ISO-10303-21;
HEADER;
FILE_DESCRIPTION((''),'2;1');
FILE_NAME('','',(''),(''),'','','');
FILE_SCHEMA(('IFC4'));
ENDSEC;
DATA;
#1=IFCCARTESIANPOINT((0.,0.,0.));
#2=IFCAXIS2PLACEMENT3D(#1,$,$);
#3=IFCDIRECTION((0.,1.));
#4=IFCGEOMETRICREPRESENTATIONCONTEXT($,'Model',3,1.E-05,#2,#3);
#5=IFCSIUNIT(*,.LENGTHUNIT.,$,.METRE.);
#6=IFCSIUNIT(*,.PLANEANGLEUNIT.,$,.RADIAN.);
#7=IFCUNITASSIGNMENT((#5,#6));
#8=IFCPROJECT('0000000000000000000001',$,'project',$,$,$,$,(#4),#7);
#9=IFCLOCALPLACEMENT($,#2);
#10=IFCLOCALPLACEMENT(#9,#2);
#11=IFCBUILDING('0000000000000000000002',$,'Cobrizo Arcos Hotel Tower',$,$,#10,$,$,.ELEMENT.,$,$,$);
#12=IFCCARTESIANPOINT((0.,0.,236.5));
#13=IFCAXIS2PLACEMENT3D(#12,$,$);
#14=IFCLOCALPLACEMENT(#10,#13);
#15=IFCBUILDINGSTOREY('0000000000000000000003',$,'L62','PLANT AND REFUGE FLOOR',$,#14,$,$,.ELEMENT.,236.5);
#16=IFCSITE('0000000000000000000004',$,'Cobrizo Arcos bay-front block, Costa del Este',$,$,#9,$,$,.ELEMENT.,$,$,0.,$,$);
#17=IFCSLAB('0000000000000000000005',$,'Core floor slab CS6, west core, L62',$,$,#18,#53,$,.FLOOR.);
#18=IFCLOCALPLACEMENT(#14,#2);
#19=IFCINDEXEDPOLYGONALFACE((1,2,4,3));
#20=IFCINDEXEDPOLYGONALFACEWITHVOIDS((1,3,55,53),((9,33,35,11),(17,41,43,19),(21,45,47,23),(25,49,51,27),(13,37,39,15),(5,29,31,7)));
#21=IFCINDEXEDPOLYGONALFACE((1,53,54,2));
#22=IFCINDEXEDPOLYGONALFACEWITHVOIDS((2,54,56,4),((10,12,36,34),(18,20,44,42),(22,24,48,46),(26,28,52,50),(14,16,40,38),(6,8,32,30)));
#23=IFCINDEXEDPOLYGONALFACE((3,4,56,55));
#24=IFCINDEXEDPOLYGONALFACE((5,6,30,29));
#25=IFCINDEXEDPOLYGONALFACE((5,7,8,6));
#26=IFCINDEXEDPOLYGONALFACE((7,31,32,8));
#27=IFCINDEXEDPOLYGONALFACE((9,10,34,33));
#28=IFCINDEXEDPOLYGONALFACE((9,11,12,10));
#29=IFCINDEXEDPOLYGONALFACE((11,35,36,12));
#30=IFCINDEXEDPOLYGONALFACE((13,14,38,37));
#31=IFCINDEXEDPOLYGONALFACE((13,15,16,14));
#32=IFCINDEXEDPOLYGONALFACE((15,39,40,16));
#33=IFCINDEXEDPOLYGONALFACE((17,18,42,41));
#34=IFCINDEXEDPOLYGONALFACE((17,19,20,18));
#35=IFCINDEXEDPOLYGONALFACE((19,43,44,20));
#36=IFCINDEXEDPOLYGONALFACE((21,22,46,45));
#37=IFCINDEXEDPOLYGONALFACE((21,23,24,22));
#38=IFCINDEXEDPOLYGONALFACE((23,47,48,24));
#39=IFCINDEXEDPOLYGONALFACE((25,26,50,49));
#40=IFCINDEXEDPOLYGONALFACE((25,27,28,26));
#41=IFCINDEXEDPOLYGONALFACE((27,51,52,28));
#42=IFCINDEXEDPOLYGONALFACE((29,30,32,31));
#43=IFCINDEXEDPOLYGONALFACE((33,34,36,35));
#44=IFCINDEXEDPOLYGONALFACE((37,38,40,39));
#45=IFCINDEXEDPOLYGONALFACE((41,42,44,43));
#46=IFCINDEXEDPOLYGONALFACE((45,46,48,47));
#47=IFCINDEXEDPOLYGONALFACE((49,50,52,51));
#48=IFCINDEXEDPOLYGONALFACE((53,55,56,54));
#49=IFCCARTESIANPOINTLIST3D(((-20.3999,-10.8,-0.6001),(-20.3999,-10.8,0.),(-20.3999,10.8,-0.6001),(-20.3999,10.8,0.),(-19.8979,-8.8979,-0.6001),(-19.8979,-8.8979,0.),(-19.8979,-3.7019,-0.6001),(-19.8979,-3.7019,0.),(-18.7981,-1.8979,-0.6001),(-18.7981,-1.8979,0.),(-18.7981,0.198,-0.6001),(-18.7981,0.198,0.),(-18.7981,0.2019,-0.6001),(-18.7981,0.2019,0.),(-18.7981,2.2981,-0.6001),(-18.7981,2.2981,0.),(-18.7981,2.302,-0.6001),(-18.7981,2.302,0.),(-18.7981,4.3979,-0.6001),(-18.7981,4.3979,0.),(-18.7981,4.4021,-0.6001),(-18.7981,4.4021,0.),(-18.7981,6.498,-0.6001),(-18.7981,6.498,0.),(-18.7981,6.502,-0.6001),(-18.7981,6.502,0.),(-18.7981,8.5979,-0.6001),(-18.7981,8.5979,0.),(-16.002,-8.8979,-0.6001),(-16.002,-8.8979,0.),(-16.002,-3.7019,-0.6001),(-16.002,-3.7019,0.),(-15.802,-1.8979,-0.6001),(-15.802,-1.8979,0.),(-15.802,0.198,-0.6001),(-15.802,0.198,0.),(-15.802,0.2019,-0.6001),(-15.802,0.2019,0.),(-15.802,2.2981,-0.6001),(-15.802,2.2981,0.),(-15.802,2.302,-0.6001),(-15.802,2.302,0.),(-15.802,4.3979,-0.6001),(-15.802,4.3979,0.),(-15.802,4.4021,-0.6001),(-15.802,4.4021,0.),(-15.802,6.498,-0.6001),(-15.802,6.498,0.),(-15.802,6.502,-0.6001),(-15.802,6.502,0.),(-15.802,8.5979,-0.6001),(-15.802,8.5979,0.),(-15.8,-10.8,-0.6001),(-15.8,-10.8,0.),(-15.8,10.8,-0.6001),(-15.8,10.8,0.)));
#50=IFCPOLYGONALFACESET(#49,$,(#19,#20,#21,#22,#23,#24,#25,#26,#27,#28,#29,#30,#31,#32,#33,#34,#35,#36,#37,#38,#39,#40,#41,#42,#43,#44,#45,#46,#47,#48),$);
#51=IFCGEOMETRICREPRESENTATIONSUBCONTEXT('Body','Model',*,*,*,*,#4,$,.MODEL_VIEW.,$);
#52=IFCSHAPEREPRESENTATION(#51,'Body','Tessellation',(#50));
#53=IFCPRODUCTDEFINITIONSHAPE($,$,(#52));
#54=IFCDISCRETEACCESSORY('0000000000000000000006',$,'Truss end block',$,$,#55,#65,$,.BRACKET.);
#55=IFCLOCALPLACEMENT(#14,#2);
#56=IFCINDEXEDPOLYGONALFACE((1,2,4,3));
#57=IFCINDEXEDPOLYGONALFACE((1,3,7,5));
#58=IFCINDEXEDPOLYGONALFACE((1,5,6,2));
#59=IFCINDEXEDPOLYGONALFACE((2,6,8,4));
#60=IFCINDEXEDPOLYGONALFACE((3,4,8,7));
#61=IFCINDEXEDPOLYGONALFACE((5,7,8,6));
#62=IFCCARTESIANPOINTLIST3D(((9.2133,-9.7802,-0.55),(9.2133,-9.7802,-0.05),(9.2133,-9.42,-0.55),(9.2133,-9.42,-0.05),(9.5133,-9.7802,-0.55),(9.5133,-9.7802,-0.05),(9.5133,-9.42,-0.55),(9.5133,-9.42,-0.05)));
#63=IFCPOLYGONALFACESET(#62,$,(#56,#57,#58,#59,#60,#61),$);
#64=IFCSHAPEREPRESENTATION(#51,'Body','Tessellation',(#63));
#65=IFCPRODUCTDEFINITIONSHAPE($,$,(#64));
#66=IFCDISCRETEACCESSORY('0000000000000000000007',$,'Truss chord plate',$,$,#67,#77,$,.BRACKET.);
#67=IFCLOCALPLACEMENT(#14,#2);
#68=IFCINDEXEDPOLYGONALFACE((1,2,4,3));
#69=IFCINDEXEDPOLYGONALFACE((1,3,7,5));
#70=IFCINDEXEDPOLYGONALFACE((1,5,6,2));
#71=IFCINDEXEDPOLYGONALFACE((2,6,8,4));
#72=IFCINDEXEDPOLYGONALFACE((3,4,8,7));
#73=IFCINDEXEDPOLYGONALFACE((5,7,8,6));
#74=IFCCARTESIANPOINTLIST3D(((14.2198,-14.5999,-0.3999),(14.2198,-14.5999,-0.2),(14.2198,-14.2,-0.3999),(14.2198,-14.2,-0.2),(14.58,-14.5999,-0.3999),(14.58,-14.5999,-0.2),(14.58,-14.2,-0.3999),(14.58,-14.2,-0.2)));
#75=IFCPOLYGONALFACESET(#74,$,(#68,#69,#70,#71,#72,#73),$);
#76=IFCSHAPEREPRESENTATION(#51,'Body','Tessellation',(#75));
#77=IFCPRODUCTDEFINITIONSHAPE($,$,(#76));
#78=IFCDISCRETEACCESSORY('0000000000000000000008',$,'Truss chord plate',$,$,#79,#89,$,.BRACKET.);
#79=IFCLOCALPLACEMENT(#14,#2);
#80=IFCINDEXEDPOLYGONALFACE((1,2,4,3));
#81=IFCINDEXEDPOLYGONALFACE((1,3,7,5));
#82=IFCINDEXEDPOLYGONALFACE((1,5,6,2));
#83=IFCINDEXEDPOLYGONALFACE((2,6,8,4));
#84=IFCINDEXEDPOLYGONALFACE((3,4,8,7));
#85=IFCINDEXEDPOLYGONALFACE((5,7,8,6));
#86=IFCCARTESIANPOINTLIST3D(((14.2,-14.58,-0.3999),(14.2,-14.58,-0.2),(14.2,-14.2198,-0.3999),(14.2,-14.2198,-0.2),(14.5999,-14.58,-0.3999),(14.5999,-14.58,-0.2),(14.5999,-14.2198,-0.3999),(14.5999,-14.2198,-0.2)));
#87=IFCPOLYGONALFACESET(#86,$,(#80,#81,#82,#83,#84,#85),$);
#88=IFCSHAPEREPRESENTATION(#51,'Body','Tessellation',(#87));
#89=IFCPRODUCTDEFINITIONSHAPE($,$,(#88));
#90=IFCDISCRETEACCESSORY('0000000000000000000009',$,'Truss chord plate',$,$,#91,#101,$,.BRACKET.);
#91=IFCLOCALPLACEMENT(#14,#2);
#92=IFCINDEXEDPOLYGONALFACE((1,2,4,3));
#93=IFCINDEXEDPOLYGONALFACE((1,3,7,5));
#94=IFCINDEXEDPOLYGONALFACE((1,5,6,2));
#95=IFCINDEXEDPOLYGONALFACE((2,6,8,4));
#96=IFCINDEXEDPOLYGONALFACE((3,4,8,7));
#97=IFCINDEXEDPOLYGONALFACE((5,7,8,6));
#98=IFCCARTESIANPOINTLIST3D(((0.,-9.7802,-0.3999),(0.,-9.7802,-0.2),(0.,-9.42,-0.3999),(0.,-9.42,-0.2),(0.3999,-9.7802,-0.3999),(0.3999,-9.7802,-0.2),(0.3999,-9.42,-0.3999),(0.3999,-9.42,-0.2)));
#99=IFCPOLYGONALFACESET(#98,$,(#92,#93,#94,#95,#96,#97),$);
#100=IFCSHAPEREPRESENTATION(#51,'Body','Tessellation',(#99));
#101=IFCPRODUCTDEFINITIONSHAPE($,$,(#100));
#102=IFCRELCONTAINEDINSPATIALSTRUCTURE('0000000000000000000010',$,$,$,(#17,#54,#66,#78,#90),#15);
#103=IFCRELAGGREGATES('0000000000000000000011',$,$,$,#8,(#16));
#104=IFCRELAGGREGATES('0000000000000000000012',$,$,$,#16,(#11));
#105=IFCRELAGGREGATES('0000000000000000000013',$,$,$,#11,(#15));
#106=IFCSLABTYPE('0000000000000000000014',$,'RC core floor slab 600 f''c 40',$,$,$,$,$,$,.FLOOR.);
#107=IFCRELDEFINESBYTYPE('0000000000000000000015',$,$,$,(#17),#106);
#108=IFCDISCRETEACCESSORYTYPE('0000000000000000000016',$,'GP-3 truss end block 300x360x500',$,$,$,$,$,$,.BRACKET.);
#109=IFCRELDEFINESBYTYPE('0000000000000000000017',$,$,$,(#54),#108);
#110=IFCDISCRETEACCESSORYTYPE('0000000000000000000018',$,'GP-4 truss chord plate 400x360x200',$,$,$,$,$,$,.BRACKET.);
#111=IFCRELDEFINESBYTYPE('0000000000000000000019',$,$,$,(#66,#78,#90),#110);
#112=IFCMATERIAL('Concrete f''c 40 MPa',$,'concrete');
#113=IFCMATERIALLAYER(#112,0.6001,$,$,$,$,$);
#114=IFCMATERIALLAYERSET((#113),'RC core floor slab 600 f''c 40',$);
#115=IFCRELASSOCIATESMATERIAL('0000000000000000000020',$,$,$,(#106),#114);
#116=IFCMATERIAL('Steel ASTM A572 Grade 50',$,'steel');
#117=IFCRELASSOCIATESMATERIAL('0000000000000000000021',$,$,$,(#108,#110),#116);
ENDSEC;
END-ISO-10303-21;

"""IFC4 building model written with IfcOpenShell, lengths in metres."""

from ifc_helpers import new_model, si_unit, direction, frame, origin, origin_2d, place, context, subcontext, project, spatial, polyline, rectangle, outline, extrude, material, layer, layer_set, type_object, element, save


model = new_model("IFC4")

# Units and contexts
model_context = context("Model", 3, precision=1e-05, world=origin(), true_north=direction((0.0, 1.0)))
body_context = subcontext(model_context, "Body", "Model", "MODEL_VIEW")
ifc_project = project(units=[si_unit("LENGTHUNIT", "METRE"), si_unit("PLANEANGLEUNIT", "RADIAN")], contexts=[model_context])

# Site, building, storey
site_placement = place(None, origin())
site = spatial("IfcSite", under=ifc_project, at=site_placement, Name="Cobrizo Arcos bay-front block, Costa del Este", CompositionType="ELEMENT", RefElevation=0.0)
building_placement = place(site_placement, origin())
building = spatial("IfcBuilding", under=site, at=building_placement, Name="Cobrizo Arcos Hotel Tower", CompositionType="ELEMENT")
storey_placement = place(building_placement, frame((0.0, 0.0, 236.5)))
storey = spatial("IfcBuildingStorey", under=building, at=storey_placement, Name="L62", Description="PLANT AND REFUGE FLOOR", CompositionType="ELEMENT", Elevation=236.5)

# Slab
ifc_material_1 = material(Name="Concrete f'c 40 MPa", Category="concrete")
ifc_layer_1 = layer(ifc_material_1, 0.6001)
ifc_layer_set_1 = layer_set([ifc_layer_1], Name="RC core floor slab 600 f'c 40")
slab_type_1 = type_object("IfcSlabType", Name="RC core floor slab 600 f'c 40", PredefinedType="FLOOR", material=ifc_layer_set_1)
slab_1_placement = place(storey_placement, frame((0.0, 0.0, -0.6001)))
element("IfcSlab", 1, at=slab_1_placement, inside=storey, type_object=slab_type_1, Name="Core floor slab CS6, west core, L62", PredefinedType="FLOOR", context=body_context, shape_type="SweptSolid", body=[
    extrude(outline(polyline([(-20.3999, 10.8), (-15.8, 10.8), (-15.8, -10.8), (-20.3999, -10.8), (-20.3999, 10.8)]), holes=[polyline([(-19.8979, -3.7019), (-19.8979, -8.8979), (-16.002, -8.8979), (-16.002, -3.7019), (-19.8979, -3.7019)]), polyline([(-18.7981, 0.198), (-18.7981, -1.8979), (-15.802, -1.8979), (-15.802, 0.198), (-18.7981, 0.198)]), polyline([(-18.7981, 2.2981), (-18.7981, 0.2019), (-15.802, 0.2019), (-15.802, 2.2981), (-18.7981, 2.2981)]), polyline([(-18.7981, 4.3979), (-18.7981, 2.302), (-15.802, 2.302), (-15.802, 4.3979), (-18.7981, 4.3979)]), polyline([(-15.802, 6.498), (-18.7981, 6.498), (-18.7981, 4.4021), (-15.802, 4.4021), (-15.802, 6.498)]), polyline([(-15.802, 8.5979), (-18.7981, 8.5979), (-18.7981, 6.502), (-15.802, 6.502), (-15.802, 8.5979)])]), origin(), (0.0, 0.0, 1.0), 0.6001),
])

# Discrete accessories
ifc_material_2 = material(Name="Steel ASTM A572 Grade 50", Category="steel")
discrete_accessory_type_1 = type_object("IfcDiscreteAccessoryType", Name="GP-3 truss end block 300x360x500", PredefinedType="BRACKET", material=ifc_material_2)
discrete_accessory_placement = place(storey_placement, frame((9.3633, -9.6001, -0.55), z_axis=(0.0, 0.0, 1.0), x_axis=(-1.0, 0.0, 0.0)))
element("IfcDiscreteAccessory", 2, at=discrete_accessory_placement, inside=storey, type_object=discrete_accessory_type_1, Name="Truss end block", PredefinedType="BRACKET", context=body_context, shape_type="SweptSolid", body=[
    extrude(rectangle(XDim=0.3, YDim=0.3601, at=origin_2d()), origin(), (0.0, 0.0, 1.0), 0.5),
])
discrete_accessory_type_2 = type_object("IfcDiscreteAccessoryType", Name="GP-4 truss chord plate 400x360x200", PredefinedType="BRACKET", material=ifc_material_2)
for number, where, z_axis, x_axis, name in (
    (3, (14.3999, -14.3999, -0.3999), (0.0, 0.0, 1.0), (0.0, 1.0, 0.0), "Truss chord plate"),
    (4, (14.3999, -14.3999, -0.3999), (0.0, 0.0, 1.0), (1.0, 0.0, 0.0), "Truss chord plate"),
    (5, (0.2, -9.6001, -0.3999), (0.0, 0.0, 1.0), (1.0, 0.0, 0.0), "Truss chord plate"),
):
    element("IfcDiscreteAccessory", number, at=place(storey_placement, frame(where, z_axis=z_axis, x_axis=x_axis)), inside=storey, type_object=discrete_accessory_type_2, Name=name, PredefinedType="BRACKET", context=body_context, shape_type="SweptSolid", body=[
        extrude(rectangle(XDim=0.3999, YDim=0.3601, at=origin_2d()), origin(), (0.0, 0.0, 1.0), 0.2),
    ])

save(model, "model.ifc")
